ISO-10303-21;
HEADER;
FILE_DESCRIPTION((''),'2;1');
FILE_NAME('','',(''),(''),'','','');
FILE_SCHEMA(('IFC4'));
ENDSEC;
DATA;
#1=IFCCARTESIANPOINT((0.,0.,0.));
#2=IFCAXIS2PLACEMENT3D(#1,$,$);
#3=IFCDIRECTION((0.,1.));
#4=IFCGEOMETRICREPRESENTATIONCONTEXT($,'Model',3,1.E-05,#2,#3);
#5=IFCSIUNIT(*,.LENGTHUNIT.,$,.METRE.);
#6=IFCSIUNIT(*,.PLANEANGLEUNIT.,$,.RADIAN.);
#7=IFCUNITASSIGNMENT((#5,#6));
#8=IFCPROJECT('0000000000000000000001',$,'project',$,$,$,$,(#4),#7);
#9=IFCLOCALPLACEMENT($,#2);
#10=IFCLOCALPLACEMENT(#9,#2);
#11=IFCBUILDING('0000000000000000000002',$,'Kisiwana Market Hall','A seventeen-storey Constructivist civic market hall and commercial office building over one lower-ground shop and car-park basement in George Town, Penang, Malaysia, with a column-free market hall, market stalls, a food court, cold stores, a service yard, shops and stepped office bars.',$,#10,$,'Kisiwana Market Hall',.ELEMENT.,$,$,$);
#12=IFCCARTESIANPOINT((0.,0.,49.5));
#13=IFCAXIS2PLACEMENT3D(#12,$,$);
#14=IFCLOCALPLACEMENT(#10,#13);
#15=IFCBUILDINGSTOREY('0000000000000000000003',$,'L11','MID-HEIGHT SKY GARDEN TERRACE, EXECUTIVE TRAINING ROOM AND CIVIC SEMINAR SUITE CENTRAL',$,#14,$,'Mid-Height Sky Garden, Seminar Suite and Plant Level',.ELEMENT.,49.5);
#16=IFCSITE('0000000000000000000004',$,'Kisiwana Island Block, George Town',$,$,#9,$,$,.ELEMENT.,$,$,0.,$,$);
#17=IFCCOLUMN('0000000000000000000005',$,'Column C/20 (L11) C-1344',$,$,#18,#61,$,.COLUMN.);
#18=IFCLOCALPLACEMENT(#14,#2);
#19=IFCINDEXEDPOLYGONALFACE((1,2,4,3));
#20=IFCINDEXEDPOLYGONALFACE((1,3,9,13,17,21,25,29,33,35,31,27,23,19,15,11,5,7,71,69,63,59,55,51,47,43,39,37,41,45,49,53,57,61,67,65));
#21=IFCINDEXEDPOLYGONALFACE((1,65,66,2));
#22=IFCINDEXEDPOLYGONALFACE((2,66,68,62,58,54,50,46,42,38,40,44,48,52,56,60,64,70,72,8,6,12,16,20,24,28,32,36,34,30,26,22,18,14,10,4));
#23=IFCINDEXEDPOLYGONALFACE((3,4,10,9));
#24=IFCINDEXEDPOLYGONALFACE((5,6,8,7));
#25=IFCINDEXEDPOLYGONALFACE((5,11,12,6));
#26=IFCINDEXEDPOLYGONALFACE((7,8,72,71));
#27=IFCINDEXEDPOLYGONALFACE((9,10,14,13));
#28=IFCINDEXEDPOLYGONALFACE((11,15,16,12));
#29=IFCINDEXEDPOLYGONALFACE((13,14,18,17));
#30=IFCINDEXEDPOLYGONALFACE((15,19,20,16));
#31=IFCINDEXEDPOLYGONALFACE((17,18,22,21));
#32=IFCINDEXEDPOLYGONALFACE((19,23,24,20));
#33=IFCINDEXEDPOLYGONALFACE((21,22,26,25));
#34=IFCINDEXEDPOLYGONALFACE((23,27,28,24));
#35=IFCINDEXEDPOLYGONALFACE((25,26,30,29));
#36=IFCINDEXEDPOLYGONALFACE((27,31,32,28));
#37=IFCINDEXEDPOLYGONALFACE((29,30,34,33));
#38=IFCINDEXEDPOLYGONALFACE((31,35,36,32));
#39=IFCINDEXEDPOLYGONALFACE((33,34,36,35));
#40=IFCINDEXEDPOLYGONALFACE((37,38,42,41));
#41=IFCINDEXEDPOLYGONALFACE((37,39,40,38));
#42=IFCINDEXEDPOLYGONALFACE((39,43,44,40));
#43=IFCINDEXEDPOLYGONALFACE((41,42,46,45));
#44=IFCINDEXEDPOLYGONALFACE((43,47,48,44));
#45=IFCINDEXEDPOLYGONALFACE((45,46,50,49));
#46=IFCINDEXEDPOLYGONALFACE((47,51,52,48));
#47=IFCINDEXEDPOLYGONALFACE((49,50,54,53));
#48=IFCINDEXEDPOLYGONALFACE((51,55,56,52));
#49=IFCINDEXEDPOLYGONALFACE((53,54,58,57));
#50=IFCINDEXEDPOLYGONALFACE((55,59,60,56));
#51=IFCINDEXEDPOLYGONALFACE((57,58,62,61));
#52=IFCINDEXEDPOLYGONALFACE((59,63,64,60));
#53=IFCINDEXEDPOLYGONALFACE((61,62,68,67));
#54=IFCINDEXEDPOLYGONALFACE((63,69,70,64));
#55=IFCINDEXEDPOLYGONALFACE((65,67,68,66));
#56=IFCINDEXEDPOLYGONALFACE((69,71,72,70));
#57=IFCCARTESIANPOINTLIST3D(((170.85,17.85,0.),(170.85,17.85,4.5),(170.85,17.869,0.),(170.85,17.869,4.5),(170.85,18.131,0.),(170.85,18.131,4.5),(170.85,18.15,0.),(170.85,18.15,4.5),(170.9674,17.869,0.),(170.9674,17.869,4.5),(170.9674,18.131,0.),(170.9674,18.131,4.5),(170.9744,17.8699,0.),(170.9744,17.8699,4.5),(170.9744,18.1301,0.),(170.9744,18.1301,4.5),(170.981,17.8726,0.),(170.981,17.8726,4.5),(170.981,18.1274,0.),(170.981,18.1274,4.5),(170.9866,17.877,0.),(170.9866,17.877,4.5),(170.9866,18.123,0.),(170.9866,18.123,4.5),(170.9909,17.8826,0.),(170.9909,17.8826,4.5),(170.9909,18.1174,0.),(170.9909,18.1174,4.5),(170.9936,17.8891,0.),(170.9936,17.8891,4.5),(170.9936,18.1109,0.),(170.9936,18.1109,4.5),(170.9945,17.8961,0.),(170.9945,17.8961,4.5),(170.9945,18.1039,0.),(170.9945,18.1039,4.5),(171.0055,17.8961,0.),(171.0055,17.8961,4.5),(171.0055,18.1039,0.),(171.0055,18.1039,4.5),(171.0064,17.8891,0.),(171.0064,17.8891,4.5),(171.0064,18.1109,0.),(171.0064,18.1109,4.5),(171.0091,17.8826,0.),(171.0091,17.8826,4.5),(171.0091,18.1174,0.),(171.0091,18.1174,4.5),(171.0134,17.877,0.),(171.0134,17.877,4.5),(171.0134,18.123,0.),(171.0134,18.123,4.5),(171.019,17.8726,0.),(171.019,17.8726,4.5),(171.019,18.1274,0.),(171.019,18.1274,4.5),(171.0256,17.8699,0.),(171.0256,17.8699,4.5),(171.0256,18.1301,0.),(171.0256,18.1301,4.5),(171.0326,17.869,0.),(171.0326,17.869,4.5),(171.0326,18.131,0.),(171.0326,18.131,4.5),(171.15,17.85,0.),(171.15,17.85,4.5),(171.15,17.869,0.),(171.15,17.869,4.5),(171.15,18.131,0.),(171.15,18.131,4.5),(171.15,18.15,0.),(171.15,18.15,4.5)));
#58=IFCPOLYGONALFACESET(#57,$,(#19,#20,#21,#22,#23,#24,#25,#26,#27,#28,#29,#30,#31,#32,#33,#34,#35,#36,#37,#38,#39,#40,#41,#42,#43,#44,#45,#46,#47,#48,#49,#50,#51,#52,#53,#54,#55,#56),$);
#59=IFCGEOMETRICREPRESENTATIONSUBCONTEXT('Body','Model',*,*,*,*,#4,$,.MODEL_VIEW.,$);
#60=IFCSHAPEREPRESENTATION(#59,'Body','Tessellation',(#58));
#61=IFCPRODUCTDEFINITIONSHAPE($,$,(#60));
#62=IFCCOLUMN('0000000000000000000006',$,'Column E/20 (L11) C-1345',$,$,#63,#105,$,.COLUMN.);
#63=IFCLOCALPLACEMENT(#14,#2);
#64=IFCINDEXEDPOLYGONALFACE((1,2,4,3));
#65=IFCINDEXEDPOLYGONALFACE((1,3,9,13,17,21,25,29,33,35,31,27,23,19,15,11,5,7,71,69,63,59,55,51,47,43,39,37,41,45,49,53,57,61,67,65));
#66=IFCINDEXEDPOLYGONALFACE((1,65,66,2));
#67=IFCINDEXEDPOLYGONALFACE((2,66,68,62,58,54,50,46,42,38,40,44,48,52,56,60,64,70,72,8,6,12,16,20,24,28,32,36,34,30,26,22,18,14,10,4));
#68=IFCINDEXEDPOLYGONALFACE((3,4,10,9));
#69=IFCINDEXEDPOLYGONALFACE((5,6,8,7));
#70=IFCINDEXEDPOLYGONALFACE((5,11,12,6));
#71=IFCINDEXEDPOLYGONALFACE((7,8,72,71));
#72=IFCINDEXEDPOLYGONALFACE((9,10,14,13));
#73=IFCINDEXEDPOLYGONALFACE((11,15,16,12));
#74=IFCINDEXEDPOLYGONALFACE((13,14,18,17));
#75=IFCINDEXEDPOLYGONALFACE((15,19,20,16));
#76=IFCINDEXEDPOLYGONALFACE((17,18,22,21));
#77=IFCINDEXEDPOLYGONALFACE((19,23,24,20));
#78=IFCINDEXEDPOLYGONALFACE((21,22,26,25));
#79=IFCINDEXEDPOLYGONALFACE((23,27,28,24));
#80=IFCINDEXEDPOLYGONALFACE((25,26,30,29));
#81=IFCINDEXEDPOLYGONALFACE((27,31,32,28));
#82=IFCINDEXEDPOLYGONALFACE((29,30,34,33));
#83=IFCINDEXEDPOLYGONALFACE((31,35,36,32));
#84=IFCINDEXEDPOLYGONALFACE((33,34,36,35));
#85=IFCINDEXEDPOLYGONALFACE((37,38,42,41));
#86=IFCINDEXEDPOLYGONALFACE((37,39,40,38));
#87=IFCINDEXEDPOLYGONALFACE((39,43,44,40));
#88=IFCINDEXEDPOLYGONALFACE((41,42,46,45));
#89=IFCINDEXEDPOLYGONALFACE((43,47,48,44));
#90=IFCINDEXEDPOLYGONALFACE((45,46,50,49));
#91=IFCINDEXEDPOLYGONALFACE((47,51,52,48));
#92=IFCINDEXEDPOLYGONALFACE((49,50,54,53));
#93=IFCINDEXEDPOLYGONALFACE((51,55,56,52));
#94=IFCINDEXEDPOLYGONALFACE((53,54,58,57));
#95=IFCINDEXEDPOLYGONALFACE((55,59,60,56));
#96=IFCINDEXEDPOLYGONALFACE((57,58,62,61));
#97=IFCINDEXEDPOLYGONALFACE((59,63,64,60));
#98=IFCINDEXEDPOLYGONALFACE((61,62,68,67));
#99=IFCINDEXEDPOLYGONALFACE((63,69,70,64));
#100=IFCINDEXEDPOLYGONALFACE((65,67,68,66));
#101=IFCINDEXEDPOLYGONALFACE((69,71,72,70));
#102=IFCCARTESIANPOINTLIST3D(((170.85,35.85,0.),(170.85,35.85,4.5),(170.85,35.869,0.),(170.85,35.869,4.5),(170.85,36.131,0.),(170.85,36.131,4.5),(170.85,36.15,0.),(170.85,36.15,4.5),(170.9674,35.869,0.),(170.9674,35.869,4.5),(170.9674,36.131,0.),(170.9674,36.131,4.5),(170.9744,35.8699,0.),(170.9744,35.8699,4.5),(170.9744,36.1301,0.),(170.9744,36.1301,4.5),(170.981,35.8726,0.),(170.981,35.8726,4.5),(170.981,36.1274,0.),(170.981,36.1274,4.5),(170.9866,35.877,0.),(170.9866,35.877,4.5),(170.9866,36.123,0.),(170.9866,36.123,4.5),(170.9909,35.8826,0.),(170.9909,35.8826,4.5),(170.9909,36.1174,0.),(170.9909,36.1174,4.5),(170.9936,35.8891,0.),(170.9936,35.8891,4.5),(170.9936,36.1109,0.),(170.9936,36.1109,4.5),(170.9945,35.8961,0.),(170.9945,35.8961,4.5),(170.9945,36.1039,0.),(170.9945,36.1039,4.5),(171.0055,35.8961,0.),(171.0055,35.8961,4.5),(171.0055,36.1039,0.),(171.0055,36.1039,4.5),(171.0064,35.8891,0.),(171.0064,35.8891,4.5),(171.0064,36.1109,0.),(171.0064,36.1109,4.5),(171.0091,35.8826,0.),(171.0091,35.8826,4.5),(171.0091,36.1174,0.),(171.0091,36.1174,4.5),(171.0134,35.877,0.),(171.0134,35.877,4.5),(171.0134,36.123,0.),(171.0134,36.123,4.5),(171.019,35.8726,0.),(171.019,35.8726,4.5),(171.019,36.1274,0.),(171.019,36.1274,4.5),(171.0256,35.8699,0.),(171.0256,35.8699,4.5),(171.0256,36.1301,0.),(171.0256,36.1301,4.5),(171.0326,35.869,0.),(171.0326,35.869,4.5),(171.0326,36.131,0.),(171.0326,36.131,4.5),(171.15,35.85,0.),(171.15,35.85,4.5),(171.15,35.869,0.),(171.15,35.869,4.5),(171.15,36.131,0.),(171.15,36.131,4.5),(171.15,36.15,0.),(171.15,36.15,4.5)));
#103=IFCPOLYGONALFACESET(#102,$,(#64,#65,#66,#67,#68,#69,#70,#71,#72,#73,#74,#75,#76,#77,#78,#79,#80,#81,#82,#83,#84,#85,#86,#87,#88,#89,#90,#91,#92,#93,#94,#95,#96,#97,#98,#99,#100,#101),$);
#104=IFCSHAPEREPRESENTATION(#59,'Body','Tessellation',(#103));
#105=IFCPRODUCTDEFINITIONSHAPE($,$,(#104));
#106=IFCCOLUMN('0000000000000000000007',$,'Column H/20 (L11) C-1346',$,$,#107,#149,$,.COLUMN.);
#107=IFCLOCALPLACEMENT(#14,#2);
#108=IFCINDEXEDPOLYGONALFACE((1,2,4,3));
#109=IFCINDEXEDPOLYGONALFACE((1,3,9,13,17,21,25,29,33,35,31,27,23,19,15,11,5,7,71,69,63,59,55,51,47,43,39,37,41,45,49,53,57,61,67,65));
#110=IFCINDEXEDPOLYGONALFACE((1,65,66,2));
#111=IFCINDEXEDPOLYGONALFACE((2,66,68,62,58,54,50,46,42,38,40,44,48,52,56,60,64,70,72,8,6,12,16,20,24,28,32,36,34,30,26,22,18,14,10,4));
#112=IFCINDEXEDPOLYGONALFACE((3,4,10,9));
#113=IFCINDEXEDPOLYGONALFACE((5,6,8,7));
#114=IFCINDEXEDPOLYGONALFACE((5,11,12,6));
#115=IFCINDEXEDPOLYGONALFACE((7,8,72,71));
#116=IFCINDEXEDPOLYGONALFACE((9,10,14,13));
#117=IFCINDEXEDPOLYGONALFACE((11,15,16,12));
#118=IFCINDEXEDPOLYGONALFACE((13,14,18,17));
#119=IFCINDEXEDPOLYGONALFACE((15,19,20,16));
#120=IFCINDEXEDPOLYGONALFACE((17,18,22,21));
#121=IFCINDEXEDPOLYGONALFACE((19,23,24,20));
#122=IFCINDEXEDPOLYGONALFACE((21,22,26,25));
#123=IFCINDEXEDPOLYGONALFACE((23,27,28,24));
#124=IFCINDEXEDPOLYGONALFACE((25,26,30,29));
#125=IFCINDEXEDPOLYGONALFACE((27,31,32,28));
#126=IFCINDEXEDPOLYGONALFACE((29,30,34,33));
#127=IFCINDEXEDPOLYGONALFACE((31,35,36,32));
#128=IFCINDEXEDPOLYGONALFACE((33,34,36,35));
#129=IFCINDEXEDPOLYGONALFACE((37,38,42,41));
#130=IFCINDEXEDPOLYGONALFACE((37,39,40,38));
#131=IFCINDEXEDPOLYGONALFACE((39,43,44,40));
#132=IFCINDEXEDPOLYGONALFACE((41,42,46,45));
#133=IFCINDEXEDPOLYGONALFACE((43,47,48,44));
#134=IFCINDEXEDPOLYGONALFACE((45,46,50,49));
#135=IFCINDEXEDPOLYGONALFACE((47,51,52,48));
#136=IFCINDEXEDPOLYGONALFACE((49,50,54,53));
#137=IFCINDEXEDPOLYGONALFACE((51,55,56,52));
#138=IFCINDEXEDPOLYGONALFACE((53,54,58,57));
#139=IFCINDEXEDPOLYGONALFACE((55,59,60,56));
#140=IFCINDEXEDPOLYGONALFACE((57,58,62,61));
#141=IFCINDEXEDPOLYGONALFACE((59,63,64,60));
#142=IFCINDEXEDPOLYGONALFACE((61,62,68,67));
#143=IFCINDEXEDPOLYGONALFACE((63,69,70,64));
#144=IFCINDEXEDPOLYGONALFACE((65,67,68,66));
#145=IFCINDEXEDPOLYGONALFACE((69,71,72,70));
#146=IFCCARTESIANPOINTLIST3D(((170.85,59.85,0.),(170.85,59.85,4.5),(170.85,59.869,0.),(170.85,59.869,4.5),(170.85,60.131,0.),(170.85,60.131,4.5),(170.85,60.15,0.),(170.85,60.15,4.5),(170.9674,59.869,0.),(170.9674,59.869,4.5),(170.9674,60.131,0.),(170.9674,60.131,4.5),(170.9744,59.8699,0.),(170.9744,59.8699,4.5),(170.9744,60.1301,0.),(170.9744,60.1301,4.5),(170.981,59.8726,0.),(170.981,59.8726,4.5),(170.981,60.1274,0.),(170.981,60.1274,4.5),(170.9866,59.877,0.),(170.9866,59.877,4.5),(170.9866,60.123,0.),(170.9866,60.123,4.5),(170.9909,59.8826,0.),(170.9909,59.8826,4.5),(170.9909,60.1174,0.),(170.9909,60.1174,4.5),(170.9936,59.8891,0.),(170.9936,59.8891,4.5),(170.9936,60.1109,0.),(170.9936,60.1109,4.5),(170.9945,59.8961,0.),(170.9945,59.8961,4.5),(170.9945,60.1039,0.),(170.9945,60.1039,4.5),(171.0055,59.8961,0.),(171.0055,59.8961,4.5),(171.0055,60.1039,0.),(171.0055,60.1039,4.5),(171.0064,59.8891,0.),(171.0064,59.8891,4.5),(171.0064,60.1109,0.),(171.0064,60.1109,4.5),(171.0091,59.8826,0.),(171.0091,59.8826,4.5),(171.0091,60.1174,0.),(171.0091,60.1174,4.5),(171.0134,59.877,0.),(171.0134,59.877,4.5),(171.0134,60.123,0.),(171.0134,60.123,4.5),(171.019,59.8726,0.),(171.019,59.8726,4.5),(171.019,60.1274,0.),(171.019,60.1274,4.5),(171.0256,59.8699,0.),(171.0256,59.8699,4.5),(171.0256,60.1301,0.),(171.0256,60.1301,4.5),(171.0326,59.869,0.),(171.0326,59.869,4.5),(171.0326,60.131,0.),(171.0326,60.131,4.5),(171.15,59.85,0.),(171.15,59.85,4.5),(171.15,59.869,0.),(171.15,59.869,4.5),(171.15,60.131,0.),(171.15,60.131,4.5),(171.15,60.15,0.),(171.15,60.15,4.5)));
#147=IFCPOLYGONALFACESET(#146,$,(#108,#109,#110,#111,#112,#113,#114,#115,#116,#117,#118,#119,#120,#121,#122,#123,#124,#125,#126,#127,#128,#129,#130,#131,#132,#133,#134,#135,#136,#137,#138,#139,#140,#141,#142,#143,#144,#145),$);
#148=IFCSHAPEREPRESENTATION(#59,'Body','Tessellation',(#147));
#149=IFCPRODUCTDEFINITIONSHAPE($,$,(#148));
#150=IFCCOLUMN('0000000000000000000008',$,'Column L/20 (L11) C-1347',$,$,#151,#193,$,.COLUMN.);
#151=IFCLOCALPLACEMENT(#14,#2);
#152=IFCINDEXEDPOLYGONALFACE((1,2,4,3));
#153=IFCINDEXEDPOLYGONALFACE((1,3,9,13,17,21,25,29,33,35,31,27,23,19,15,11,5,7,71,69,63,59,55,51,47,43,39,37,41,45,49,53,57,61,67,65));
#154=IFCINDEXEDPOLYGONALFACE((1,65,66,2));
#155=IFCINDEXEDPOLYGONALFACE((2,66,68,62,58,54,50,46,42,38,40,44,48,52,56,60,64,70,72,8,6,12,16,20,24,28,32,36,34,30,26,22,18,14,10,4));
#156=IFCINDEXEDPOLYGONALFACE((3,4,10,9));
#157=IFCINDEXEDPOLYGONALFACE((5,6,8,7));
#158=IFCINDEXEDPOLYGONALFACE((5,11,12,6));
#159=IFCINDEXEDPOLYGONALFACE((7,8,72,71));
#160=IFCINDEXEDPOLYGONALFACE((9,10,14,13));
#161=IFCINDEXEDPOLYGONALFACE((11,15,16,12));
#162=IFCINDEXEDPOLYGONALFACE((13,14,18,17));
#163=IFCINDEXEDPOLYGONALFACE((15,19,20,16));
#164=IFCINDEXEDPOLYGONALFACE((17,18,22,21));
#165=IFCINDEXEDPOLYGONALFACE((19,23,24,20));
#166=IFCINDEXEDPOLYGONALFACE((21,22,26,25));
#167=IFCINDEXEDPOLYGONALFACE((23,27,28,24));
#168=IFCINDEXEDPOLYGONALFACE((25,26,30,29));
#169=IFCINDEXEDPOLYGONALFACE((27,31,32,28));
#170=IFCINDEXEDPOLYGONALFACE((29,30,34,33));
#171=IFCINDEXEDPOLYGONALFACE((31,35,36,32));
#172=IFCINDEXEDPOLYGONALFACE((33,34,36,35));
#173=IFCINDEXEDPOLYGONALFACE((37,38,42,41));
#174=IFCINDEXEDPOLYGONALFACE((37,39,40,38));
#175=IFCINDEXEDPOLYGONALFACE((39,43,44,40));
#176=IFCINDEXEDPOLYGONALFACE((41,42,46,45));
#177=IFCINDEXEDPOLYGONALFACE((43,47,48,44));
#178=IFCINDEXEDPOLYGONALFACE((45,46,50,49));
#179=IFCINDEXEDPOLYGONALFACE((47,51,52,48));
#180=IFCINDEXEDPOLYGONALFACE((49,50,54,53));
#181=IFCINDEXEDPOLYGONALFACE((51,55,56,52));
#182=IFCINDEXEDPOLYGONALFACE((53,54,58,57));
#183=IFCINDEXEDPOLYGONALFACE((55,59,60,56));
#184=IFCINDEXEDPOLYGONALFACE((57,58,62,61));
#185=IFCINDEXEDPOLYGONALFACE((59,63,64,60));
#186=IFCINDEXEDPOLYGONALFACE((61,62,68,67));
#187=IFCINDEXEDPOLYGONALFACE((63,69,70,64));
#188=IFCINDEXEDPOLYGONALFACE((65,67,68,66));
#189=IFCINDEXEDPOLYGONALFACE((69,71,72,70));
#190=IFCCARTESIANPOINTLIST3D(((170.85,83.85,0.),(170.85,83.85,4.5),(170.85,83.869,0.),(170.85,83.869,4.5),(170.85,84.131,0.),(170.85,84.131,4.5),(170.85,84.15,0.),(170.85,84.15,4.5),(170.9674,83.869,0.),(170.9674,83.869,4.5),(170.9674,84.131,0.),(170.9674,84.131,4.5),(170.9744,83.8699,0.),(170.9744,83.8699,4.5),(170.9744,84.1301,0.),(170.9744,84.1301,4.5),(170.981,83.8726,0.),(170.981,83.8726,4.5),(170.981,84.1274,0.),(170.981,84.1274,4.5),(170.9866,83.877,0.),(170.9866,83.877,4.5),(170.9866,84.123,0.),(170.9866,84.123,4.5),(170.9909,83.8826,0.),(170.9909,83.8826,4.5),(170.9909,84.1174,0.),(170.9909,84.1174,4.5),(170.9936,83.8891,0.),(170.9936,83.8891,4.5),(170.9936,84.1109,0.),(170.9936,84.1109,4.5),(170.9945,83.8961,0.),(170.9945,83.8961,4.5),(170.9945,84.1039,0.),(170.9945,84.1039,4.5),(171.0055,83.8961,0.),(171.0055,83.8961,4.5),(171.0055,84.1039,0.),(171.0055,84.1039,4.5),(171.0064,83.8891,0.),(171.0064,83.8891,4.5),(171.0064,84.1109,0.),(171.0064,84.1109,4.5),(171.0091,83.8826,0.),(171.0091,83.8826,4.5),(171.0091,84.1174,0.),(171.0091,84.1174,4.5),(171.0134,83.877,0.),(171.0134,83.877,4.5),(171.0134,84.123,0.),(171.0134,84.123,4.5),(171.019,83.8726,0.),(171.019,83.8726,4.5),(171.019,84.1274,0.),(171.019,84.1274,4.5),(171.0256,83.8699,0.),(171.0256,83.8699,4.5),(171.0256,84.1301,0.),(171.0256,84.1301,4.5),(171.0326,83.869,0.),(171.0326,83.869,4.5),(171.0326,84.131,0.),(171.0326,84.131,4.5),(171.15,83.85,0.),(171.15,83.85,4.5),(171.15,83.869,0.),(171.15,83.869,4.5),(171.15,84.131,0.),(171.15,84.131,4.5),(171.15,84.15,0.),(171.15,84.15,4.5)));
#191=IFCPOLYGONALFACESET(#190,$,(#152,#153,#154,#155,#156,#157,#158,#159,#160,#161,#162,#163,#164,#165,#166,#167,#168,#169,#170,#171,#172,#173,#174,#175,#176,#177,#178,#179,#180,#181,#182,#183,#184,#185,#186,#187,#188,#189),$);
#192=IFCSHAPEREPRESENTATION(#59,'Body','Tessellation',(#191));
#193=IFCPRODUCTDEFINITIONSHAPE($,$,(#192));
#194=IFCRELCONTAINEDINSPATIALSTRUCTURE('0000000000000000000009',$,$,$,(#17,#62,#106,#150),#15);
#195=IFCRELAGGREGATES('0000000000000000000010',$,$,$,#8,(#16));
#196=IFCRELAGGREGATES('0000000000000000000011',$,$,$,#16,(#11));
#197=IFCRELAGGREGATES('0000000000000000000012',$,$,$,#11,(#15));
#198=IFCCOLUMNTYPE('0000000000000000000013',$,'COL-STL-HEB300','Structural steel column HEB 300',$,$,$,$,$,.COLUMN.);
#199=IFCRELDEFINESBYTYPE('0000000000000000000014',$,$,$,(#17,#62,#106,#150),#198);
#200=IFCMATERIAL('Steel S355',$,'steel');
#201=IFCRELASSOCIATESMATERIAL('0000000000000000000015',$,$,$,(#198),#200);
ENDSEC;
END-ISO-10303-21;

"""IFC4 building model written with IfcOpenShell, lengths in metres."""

from ifc_helpers import new_model, si_unit, direction, frame, origin, origin_2d, place, context, subcontext, project, spatial, i_section, extrude, material, material_profile, profile_set, type_object, element, save


model = new_model("IFC4")

# Units and contexts
model_context = context("Model", 3, precision=1e-05, world=origin(), true_north=direction((0.0, 1.0)))
body_context = subcontext(model_context, "Body", "Model", "MODEL_VIEW")
ifc_project = project(units=[si_unit("LENGTHUNIT", "METRE"), si_unit("PLANEANGLEUNIT", "RADIAN")], contexts=[model_context])

# Site, building, storey
site_placement = place(None, origin())
site = spatial("IfcSite", under=ifc_project, at=site_placement, Name="Kisiwana Island Block, George Town", CompositionType="ELEMENT", RefElevation=0.0)
building_placement = place(site_placement, origin())
building = spatial("IfcBuilding", under=site, at=building_placement, Name="Kisiwana Market Hall", Description="A seventeen-storey Constructivist civic market hall and commercial office building over one lower-ground shop and car-park basement in George Town, Penang, Malaysia, with a column-free market hall, market stalls, a food court, cold stores, a service yard, shops and stepped office bars.", LongName="Kisiwana Market Hall", CompositionType="ELEMENT")
storey_placement = place(building_placement, frame((0.0, 0.0, 49.5)))
storey = spatial("IfcBuildingStorey", under=building, at=storey_placement, Name="L11", Description="MID-HEIGHT SKY GARDEN TERRACE, EXECUTIVE TRAINING ROOM AND CIVIC SEMINAR SUITE CENTRAL", LongName="Mid-Height Sky Garden, Seminar Suite and Plant Level", CompositionType="ELEMENT", Elevation=49.5)

# Columns
ifc_material_1 = material(Name="Steel S355", Category="steel")
ifc_material_profile_1 = material_profile(ifc_material_1, i_section(OverallWidth=0.3, OverallDepth=0.3, WebThickness=0.011, FlangeThickness=0.019, FilletRadius=0.0271, at=origin_2d()), Name="HEB 300")
ifc_profile_set_1 = profile_set([ifc_material_profile_1], Name="Steel S355")
column_type = type_object("IfcColumnType", Name="COL-STL-HEB300", Description="Structural steel column HEB 300", PredefinedType="COLUMN", material=ifc_profile_set_1)
for number, where, z_axis, x_axis, name in (
    (1, (171.0, 18.0, 0.0), (0.0, 0.0, 1.0), (1.0, 0.0, 0.0), "Column C/20 (L11) C-1344"),
    (2, (171.0, 36.0, 0.0), (0.0, 0.0, 1.0), (1.0, 0.0, 0.0), "Column E/20 (L11) C-1345"),
    (3, (171.0, 60.0, 0.0), (0.0, 0.0, 1.0), (1.0, 0.0, 0.0), "Column H/20 (L11) C-1346"),
    (4, (171.0, 84.0, 0.0), (0.0, 0.0, 1.0), (1.0, 0.0, 0.0), "Column L/20 (L11) C-1347"),
):
    element("IfcColumn", number, at=place(storey_placement, frame(where, z_axis=z_axis, x_axis=x_axis)), inside=storey, type_object=column_type, Name=name, PredefinedType="COLUMN", context=body_context, shape_type="SweptSolid", body=[
        extrude(i_section(OverallWidth=0.3, OverallDepth=0.3, WebThickness=0.011, FlangeThickness=0.019, FilletRadius=0.0271, at=origin_2d()), origin(), (0.0, 0.0, 1.0), 4.5),
    ])

save(model, "model.ifc")
